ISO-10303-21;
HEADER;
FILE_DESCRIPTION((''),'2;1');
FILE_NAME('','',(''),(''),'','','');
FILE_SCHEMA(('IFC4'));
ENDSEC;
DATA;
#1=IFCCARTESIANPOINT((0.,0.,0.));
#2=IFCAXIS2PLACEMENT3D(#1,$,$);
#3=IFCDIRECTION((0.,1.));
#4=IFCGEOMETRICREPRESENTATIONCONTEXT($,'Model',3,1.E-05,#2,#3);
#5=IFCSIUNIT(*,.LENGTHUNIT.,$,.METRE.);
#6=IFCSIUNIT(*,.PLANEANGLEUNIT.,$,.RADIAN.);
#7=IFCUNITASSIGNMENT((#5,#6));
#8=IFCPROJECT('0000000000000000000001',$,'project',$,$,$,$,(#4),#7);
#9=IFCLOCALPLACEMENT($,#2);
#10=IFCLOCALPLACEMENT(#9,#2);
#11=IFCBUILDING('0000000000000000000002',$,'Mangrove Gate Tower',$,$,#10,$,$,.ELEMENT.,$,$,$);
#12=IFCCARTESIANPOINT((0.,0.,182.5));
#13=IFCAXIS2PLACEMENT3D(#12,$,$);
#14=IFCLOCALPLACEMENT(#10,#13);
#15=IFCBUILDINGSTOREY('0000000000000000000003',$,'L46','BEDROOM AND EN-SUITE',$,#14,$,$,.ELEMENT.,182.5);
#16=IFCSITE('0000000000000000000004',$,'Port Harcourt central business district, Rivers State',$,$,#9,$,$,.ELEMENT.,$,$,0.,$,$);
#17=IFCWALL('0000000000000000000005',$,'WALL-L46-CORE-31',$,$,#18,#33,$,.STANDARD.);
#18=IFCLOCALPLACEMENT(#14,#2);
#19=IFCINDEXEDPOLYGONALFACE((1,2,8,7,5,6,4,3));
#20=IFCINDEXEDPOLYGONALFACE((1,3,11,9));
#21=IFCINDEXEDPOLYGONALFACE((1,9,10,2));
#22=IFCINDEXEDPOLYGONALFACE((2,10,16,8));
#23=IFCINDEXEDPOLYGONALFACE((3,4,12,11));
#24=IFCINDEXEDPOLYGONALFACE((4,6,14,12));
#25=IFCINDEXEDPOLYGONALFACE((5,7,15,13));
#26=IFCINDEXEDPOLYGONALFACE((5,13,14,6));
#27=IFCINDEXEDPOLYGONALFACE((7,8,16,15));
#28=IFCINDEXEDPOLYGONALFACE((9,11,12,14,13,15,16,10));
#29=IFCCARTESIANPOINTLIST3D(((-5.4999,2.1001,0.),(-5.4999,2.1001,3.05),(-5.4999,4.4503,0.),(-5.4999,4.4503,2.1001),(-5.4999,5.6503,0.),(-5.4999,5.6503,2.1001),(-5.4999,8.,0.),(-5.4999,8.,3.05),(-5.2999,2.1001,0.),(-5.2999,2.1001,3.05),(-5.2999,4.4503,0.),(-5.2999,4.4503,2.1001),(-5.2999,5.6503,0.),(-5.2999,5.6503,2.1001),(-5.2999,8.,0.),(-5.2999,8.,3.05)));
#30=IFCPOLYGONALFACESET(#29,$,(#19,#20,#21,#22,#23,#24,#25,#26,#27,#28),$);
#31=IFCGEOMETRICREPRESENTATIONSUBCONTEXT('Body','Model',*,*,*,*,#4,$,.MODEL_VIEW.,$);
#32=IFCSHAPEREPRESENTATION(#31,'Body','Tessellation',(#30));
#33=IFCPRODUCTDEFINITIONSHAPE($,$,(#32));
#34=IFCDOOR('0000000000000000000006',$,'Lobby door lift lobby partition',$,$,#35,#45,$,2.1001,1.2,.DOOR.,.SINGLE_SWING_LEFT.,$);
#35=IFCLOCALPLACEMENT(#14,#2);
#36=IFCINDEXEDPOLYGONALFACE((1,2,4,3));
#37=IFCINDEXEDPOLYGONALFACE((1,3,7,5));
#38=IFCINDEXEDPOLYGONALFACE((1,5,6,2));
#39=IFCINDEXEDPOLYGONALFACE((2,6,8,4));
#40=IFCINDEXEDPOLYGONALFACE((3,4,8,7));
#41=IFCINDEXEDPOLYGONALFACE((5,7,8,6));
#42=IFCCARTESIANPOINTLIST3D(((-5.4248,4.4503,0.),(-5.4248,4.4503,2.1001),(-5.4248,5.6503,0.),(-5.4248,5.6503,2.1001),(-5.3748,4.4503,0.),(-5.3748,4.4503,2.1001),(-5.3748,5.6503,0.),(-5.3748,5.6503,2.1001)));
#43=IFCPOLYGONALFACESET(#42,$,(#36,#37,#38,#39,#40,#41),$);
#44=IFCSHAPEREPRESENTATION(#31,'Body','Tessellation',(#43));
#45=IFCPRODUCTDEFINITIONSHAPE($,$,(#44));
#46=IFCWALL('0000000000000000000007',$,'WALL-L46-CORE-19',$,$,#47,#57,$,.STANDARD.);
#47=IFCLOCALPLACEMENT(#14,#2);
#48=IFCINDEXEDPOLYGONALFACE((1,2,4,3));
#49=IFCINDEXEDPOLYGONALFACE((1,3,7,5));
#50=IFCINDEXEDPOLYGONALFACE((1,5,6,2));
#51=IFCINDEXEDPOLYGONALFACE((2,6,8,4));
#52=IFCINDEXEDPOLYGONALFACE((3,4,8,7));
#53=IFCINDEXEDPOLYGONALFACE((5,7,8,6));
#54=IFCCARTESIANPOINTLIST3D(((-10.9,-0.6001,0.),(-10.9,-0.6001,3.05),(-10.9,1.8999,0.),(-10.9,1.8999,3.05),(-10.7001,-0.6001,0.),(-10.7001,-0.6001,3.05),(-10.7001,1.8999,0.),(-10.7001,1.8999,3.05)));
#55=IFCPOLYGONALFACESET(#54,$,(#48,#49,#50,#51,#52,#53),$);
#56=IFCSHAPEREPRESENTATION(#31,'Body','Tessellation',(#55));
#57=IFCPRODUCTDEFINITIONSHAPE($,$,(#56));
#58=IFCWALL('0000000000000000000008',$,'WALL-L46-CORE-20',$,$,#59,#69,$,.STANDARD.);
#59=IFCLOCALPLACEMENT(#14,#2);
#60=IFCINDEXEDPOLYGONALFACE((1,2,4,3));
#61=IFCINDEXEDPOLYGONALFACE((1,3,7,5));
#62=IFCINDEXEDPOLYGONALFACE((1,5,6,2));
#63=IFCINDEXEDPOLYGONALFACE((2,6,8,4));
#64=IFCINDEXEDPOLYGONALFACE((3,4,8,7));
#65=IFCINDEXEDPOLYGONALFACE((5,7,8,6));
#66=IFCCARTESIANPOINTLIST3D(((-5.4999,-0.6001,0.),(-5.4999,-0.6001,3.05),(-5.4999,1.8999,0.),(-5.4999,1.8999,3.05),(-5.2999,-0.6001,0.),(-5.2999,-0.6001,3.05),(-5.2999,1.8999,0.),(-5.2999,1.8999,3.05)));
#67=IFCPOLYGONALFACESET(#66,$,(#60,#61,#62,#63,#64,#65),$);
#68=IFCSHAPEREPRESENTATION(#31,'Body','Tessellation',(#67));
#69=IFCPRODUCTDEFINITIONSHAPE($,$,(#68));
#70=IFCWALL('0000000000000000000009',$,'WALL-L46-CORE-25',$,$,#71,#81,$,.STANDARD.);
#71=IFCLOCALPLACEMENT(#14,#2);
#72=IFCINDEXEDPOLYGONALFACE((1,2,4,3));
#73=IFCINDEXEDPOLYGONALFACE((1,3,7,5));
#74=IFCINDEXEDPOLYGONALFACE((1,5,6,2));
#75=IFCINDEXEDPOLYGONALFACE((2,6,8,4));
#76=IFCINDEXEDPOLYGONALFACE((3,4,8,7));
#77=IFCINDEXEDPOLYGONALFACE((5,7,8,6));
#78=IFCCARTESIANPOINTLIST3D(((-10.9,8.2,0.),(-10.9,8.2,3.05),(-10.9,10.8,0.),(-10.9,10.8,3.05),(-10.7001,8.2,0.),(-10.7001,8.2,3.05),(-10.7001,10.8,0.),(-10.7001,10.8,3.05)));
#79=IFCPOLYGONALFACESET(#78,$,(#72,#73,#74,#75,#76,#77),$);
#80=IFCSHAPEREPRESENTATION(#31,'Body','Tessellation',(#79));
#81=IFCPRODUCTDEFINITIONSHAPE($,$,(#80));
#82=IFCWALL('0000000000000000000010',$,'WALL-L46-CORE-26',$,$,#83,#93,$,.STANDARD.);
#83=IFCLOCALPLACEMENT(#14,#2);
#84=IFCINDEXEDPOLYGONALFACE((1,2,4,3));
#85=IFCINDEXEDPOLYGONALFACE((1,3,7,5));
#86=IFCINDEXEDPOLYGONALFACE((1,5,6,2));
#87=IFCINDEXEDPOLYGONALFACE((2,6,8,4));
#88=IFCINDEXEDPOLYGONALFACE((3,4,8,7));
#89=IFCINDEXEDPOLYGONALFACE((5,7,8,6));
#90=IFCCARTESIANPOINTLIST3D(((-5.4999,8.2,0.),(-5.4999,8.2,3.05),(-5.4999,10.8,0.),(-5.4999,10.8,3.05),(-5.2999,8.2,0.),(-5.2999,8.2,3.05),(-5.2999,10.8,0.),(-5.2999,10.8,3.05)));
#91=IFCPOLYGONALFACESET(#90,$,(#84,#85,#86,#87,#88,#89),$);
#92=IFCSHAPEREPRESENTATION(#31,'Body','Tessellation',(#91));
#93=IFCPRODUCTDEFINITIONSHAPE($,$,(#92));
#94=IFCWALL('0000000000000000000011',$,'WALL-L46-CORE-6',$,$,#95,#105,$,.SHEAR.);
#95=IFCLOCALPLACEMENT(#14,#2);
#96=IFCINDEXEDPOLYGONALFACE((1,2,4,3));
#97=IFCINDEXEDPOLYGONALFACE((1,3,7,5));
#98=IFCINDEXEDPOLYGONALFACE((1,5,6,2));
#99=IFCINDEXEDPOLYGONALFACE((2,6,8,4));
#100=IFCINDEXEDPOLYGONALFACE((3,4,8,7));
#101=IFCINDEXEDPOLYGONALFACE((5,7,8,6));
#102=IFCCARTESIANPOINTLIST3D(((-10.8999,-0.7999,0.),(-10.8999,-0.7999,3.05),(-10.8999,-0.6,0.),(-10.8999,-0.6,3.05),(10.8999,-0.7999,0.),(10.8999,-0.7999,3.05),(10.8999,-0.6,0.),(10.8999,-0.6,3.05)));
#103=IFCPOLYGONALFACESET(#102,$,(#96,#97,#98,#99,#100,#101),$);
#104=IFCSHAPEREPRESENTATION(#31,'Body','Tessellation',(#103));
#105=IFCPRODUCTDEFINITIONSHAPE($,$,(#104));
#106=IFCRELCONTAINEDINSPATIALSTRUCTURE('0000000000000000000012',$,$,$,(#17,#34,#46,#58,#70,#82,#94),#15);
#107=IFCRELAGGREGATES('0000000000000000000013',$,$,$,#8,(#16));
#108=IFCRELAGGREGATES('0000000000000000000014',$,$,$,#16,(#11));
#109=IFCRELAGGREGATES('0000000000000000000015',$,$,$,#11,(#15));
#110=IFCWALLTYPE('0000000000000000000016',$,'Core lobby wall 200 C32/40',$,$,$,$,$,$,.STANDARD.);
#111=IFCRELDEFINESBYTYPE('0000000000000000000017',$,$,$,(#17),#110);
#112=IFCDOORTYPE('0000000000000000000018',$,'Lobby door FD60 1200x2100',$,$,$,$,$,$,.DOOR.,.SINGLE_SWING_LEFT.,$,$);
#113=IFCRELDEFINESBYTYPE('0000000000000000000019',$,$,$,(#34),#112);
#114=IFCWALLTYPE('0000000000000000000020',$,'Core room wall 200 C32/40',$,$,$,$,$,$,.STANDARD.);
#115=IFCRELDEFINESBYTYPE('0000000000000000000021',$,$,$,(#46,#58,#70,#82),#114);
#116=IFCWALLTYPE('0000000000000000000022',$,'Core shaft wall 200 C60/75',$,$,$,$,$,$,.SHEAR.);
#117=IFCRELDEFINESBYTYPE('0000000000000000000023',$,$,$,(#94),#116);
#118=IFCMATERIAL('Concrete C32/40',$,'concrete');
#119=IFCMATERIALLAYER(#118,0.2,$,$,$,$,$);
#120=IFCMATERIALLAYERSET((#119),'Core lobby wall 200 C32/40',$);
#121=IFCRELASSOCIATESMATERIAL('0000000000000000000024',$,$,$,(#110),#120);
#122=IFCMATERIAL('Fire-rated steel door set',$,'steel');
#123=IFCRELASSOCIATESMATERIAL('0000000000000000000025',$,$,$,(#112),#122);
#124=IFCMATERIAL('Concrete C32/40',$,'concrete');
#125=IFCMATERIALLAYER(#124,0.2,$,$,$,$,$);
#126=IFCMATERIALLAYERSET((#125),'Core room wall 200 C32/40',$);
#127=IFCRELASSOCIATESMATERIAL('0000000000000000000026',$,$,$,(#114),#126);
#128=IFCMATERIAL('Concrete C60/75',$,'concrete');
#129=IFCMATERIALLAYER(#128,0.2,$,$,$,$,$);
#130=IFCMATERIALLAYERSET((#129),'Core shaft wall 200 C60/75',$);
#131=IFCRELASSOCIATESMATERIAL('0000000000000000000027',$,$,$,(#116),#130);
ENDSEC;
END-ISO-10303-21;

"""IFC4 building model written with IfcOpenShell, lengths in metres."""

from ifc_helpers import new_model, si_unit, direction, frame, frame_2d, origin, place, context, subcontext, project, spatial, rectangle, extrude, material, layer, layer_set, type_object, element, fill, save


model = new_model("IFC4")

# Units and contexts
model_context = context("Model", 3, precision=1e-05, world=origin(), true_north=direction((0.0, 1.0)))
body_context = subcontext(model_context, "Body", "Model", "MODEL_VIEW")
ifc_project = project(units=[si_unit("LENGTHUNIT", "METRE"), si_unit("PLANEANGLEUNIT", "RADIAN")], contexts=[model_context])

# Site, building, storey
site_placement = place(None, origin())
site = spatial("IfcSite", under=ifc_project, at=site_placement, Name="Port Harcourt central business district, Rivers State", CompositionType="ELEMENT", RefElevation=0.0)
building_placement = place(site_placement, origin())
building = spatial("IfcBuilding", under=site, at=building_placement, Name="Mangrove Gate Tower", CompositionType="ELEMENT")
storey_placement = place(building_placement, frame((0.0, 0.0, 182.5)))
storey = spatial("IfcBuildingStorey", under=building, at=storey_placement, Name="L46", Description="BEDROOM AND EN-SUITE", CompositionType="ELEMENT", Elevation=182.5)

# Wall, opening, door
ifc_material_1 = material(Name="Concrete C32/40", Category="concrete")
ifc_layer_1 = layer(ifc_material_1, 0.2)
ifc_layer_set_1 = layer_set([ifc_layer_1], Name="Core lobby wall 200 C32/40")
wall_type_1 = type_object("IfcWallType", Name="Core lobby wall 200 C32/40", PredefinedType="STANDARD", material=ifc_layer_set_1)
wall_1_placement = place(storey_placement, frame((-5.3999, 2.1001, 0.0), z_axis=(0.0, 0.0, 1.0), x_axis=(0.0, 1.0, 0.0)))
wall_1 = element("IfcWall", 1, at=wall_1_placement, inside=storey, type_object=wall_type_1, Name="WALL-L46-CORE-31", PredefinedType="STANDARD", context=body_context, shape_type="SweptSolid", body=[
    extrude(rectangle(XDim=5.8999, YDim=0.2, at=frame_2d((2.95, 0.0))), origin(), (0.0, 0.0, 1.0), 3.05),
])
opening_1_placement = place(wall_1_placement, frame((2.3501, 0.0, 0.0)))
opening_1 = element("IfcOpeningElement", 2, at=opening_1_placement, cuts=wall_1, PredefinedType="OPENING", context=body_context, shape_type="SweptSolid", body=[
    extrude(rectangle(XDim=1.2, YDim=2.1001, at=frame_2d((0.6001, 1.05))), frame((0.0, 0.1099, 0.0), z_axis=(0.0, -1.0, 0.0), x_axis=(1.0, 0.0, 0.0)), (0.0, 0.0, 1.0), 0.22),
])
ifc_material_2 = material(Name="Fire-rated steel door set", Category="steel")
door_type_1 = type_object("IfcDoorType", Name="Lobby door FD60 1200x2100", OperationType="SINGLE_SWING_LEFT", PredefinedType="DOOR", material=ifc_material_2)
door_1_placement = place(opening_1_placement, origin())
door_1 = element("IfcDoor", 3, at=door_1_placement, inside=storey, type_object=door_type_1, Name="Lobby door lift lobby partition", OperationType="SINGLE_SWING_LEFT", OverallHeight=2.1001, OverallWidth=1.2, PredefinedType="DOOR", context=body_context, shape_type="SweptSolid", body=[
    extrude(rectangle(XDim=1.2, YDim=2.1001, at=frame_2d((0.6001, 1.05))), frame((0.0, 0.0249, 0.0), z_axis=(0.0, -1.0, 0.0), x_axis=(1.0, 0.0, 0.0)), (0.0, 0.0, 1.0), 0.05),
])
fill(opening_1, door_1)

# Walls
ifc_material_3 = material(Name="Concrete C32/40", Category="concrete")
ifc_layer_2 = layer(ifc_material_3, 0.2)
ifc_layer_set_2 = layer_set([ifc_layer_2], Name="Core room wall 200 C32/40")
wall_type_2 = type_object("IfcWallType", Name="Core room wall 200 C32/40", PredefinedType="STANDARD", material=ifc_layer_set_2)
for number, where, z_axis, x_axis, name in (
    (4, (-10.8, -0.6001, 0.0), (0.0, 0.0, 1.0), (0.0, 1.0, 0.0), "WALL-L46-CORE-19"),
    (5, (-5.3999, -0.6001, 0.0), (0.0, 0.0, 1.0), (0.0, 1.0, 0.0), "WALL-L46-CORE-20"),
):
    element("IfcWall", number, at=place(storey_placement, frame(where, z_axis=z_axis, x_axis=x_axis)), inside=storey, type_object=wall_type_2, Name=name, PredefinedType="STANDARD", context=body_context, shape_type="SweptSolid", body=[
        extrude(rectangle(XDim=2.5, YDim=0.2, at=frame_2d((1.25, 0.0))), origin(), (0.0, 0.0, 1.0), 3.05),
    ])
for number, where, z_axis, x_axis, name in (
    (6, (-10.8, 8.2, 0.0), (0.0, 0.0, 1.0), (0.0, 1.0, 0.0), "WALL-L46-CORE-25"),
    (7, (-5.3999, 8.2, 0.0), (0.0, 0.0, 1.0), (0.0, 1.0, 0.0), "WALL-L46-CORE-26"),
):
    element("IfcWall", number, at=place(storey_placement, frame(where, z_axis=z_axis, x_axis=x_axis)), inside=storey, type_object=wall_type_2, Name=name, PredefinedType="STANDARD", context=body_context, shape_type="SweptSolid", body=[
        extrude(rectangle(XDim=2.6001, YDim=0.2, at=frame_2d((1.3, 0.0))), origin(), (0.0, 0.0, 1.0), 3.05),
    ])
ifc_material_4 = material(Name="Concrete C60/75", Category="concrete")
ifc_layer_3 = layer(ifc_material_4, 0.2)
ifc_layer_set_3 = layer_set([ifc_layer_3], Name="Core shaft wall 200 C60/75")
wall_type_3 = type_object("IfcWallType", Name="Core shaft wall 200 C60/75", PredefinedType="SHEAR", material=ifc_layer_set_3)
wall_2_placement = place(storey_placement, frame((-10.8999, -0.7, 0.0), z_axis=(0.0, 0.0, 1.0), x_axis=(1.0, 0.0, 0.0)))
element("IfcWall", 8, at=wall_2_placement, inside=storey, type_object=wall_type_3, Name="WALL-L46-CORE-6", PredefinedType="SHEAR", context=body_context, shape_type="SweptSolid", body=[
    extrude(rectangle(XDim=21.7998, YDim=0.2, at=frame_2d((10.8999, 0.0))), origin(), (0.0, 0.0, 1.0), 3.05),
])

save(model, "model.ifc")
